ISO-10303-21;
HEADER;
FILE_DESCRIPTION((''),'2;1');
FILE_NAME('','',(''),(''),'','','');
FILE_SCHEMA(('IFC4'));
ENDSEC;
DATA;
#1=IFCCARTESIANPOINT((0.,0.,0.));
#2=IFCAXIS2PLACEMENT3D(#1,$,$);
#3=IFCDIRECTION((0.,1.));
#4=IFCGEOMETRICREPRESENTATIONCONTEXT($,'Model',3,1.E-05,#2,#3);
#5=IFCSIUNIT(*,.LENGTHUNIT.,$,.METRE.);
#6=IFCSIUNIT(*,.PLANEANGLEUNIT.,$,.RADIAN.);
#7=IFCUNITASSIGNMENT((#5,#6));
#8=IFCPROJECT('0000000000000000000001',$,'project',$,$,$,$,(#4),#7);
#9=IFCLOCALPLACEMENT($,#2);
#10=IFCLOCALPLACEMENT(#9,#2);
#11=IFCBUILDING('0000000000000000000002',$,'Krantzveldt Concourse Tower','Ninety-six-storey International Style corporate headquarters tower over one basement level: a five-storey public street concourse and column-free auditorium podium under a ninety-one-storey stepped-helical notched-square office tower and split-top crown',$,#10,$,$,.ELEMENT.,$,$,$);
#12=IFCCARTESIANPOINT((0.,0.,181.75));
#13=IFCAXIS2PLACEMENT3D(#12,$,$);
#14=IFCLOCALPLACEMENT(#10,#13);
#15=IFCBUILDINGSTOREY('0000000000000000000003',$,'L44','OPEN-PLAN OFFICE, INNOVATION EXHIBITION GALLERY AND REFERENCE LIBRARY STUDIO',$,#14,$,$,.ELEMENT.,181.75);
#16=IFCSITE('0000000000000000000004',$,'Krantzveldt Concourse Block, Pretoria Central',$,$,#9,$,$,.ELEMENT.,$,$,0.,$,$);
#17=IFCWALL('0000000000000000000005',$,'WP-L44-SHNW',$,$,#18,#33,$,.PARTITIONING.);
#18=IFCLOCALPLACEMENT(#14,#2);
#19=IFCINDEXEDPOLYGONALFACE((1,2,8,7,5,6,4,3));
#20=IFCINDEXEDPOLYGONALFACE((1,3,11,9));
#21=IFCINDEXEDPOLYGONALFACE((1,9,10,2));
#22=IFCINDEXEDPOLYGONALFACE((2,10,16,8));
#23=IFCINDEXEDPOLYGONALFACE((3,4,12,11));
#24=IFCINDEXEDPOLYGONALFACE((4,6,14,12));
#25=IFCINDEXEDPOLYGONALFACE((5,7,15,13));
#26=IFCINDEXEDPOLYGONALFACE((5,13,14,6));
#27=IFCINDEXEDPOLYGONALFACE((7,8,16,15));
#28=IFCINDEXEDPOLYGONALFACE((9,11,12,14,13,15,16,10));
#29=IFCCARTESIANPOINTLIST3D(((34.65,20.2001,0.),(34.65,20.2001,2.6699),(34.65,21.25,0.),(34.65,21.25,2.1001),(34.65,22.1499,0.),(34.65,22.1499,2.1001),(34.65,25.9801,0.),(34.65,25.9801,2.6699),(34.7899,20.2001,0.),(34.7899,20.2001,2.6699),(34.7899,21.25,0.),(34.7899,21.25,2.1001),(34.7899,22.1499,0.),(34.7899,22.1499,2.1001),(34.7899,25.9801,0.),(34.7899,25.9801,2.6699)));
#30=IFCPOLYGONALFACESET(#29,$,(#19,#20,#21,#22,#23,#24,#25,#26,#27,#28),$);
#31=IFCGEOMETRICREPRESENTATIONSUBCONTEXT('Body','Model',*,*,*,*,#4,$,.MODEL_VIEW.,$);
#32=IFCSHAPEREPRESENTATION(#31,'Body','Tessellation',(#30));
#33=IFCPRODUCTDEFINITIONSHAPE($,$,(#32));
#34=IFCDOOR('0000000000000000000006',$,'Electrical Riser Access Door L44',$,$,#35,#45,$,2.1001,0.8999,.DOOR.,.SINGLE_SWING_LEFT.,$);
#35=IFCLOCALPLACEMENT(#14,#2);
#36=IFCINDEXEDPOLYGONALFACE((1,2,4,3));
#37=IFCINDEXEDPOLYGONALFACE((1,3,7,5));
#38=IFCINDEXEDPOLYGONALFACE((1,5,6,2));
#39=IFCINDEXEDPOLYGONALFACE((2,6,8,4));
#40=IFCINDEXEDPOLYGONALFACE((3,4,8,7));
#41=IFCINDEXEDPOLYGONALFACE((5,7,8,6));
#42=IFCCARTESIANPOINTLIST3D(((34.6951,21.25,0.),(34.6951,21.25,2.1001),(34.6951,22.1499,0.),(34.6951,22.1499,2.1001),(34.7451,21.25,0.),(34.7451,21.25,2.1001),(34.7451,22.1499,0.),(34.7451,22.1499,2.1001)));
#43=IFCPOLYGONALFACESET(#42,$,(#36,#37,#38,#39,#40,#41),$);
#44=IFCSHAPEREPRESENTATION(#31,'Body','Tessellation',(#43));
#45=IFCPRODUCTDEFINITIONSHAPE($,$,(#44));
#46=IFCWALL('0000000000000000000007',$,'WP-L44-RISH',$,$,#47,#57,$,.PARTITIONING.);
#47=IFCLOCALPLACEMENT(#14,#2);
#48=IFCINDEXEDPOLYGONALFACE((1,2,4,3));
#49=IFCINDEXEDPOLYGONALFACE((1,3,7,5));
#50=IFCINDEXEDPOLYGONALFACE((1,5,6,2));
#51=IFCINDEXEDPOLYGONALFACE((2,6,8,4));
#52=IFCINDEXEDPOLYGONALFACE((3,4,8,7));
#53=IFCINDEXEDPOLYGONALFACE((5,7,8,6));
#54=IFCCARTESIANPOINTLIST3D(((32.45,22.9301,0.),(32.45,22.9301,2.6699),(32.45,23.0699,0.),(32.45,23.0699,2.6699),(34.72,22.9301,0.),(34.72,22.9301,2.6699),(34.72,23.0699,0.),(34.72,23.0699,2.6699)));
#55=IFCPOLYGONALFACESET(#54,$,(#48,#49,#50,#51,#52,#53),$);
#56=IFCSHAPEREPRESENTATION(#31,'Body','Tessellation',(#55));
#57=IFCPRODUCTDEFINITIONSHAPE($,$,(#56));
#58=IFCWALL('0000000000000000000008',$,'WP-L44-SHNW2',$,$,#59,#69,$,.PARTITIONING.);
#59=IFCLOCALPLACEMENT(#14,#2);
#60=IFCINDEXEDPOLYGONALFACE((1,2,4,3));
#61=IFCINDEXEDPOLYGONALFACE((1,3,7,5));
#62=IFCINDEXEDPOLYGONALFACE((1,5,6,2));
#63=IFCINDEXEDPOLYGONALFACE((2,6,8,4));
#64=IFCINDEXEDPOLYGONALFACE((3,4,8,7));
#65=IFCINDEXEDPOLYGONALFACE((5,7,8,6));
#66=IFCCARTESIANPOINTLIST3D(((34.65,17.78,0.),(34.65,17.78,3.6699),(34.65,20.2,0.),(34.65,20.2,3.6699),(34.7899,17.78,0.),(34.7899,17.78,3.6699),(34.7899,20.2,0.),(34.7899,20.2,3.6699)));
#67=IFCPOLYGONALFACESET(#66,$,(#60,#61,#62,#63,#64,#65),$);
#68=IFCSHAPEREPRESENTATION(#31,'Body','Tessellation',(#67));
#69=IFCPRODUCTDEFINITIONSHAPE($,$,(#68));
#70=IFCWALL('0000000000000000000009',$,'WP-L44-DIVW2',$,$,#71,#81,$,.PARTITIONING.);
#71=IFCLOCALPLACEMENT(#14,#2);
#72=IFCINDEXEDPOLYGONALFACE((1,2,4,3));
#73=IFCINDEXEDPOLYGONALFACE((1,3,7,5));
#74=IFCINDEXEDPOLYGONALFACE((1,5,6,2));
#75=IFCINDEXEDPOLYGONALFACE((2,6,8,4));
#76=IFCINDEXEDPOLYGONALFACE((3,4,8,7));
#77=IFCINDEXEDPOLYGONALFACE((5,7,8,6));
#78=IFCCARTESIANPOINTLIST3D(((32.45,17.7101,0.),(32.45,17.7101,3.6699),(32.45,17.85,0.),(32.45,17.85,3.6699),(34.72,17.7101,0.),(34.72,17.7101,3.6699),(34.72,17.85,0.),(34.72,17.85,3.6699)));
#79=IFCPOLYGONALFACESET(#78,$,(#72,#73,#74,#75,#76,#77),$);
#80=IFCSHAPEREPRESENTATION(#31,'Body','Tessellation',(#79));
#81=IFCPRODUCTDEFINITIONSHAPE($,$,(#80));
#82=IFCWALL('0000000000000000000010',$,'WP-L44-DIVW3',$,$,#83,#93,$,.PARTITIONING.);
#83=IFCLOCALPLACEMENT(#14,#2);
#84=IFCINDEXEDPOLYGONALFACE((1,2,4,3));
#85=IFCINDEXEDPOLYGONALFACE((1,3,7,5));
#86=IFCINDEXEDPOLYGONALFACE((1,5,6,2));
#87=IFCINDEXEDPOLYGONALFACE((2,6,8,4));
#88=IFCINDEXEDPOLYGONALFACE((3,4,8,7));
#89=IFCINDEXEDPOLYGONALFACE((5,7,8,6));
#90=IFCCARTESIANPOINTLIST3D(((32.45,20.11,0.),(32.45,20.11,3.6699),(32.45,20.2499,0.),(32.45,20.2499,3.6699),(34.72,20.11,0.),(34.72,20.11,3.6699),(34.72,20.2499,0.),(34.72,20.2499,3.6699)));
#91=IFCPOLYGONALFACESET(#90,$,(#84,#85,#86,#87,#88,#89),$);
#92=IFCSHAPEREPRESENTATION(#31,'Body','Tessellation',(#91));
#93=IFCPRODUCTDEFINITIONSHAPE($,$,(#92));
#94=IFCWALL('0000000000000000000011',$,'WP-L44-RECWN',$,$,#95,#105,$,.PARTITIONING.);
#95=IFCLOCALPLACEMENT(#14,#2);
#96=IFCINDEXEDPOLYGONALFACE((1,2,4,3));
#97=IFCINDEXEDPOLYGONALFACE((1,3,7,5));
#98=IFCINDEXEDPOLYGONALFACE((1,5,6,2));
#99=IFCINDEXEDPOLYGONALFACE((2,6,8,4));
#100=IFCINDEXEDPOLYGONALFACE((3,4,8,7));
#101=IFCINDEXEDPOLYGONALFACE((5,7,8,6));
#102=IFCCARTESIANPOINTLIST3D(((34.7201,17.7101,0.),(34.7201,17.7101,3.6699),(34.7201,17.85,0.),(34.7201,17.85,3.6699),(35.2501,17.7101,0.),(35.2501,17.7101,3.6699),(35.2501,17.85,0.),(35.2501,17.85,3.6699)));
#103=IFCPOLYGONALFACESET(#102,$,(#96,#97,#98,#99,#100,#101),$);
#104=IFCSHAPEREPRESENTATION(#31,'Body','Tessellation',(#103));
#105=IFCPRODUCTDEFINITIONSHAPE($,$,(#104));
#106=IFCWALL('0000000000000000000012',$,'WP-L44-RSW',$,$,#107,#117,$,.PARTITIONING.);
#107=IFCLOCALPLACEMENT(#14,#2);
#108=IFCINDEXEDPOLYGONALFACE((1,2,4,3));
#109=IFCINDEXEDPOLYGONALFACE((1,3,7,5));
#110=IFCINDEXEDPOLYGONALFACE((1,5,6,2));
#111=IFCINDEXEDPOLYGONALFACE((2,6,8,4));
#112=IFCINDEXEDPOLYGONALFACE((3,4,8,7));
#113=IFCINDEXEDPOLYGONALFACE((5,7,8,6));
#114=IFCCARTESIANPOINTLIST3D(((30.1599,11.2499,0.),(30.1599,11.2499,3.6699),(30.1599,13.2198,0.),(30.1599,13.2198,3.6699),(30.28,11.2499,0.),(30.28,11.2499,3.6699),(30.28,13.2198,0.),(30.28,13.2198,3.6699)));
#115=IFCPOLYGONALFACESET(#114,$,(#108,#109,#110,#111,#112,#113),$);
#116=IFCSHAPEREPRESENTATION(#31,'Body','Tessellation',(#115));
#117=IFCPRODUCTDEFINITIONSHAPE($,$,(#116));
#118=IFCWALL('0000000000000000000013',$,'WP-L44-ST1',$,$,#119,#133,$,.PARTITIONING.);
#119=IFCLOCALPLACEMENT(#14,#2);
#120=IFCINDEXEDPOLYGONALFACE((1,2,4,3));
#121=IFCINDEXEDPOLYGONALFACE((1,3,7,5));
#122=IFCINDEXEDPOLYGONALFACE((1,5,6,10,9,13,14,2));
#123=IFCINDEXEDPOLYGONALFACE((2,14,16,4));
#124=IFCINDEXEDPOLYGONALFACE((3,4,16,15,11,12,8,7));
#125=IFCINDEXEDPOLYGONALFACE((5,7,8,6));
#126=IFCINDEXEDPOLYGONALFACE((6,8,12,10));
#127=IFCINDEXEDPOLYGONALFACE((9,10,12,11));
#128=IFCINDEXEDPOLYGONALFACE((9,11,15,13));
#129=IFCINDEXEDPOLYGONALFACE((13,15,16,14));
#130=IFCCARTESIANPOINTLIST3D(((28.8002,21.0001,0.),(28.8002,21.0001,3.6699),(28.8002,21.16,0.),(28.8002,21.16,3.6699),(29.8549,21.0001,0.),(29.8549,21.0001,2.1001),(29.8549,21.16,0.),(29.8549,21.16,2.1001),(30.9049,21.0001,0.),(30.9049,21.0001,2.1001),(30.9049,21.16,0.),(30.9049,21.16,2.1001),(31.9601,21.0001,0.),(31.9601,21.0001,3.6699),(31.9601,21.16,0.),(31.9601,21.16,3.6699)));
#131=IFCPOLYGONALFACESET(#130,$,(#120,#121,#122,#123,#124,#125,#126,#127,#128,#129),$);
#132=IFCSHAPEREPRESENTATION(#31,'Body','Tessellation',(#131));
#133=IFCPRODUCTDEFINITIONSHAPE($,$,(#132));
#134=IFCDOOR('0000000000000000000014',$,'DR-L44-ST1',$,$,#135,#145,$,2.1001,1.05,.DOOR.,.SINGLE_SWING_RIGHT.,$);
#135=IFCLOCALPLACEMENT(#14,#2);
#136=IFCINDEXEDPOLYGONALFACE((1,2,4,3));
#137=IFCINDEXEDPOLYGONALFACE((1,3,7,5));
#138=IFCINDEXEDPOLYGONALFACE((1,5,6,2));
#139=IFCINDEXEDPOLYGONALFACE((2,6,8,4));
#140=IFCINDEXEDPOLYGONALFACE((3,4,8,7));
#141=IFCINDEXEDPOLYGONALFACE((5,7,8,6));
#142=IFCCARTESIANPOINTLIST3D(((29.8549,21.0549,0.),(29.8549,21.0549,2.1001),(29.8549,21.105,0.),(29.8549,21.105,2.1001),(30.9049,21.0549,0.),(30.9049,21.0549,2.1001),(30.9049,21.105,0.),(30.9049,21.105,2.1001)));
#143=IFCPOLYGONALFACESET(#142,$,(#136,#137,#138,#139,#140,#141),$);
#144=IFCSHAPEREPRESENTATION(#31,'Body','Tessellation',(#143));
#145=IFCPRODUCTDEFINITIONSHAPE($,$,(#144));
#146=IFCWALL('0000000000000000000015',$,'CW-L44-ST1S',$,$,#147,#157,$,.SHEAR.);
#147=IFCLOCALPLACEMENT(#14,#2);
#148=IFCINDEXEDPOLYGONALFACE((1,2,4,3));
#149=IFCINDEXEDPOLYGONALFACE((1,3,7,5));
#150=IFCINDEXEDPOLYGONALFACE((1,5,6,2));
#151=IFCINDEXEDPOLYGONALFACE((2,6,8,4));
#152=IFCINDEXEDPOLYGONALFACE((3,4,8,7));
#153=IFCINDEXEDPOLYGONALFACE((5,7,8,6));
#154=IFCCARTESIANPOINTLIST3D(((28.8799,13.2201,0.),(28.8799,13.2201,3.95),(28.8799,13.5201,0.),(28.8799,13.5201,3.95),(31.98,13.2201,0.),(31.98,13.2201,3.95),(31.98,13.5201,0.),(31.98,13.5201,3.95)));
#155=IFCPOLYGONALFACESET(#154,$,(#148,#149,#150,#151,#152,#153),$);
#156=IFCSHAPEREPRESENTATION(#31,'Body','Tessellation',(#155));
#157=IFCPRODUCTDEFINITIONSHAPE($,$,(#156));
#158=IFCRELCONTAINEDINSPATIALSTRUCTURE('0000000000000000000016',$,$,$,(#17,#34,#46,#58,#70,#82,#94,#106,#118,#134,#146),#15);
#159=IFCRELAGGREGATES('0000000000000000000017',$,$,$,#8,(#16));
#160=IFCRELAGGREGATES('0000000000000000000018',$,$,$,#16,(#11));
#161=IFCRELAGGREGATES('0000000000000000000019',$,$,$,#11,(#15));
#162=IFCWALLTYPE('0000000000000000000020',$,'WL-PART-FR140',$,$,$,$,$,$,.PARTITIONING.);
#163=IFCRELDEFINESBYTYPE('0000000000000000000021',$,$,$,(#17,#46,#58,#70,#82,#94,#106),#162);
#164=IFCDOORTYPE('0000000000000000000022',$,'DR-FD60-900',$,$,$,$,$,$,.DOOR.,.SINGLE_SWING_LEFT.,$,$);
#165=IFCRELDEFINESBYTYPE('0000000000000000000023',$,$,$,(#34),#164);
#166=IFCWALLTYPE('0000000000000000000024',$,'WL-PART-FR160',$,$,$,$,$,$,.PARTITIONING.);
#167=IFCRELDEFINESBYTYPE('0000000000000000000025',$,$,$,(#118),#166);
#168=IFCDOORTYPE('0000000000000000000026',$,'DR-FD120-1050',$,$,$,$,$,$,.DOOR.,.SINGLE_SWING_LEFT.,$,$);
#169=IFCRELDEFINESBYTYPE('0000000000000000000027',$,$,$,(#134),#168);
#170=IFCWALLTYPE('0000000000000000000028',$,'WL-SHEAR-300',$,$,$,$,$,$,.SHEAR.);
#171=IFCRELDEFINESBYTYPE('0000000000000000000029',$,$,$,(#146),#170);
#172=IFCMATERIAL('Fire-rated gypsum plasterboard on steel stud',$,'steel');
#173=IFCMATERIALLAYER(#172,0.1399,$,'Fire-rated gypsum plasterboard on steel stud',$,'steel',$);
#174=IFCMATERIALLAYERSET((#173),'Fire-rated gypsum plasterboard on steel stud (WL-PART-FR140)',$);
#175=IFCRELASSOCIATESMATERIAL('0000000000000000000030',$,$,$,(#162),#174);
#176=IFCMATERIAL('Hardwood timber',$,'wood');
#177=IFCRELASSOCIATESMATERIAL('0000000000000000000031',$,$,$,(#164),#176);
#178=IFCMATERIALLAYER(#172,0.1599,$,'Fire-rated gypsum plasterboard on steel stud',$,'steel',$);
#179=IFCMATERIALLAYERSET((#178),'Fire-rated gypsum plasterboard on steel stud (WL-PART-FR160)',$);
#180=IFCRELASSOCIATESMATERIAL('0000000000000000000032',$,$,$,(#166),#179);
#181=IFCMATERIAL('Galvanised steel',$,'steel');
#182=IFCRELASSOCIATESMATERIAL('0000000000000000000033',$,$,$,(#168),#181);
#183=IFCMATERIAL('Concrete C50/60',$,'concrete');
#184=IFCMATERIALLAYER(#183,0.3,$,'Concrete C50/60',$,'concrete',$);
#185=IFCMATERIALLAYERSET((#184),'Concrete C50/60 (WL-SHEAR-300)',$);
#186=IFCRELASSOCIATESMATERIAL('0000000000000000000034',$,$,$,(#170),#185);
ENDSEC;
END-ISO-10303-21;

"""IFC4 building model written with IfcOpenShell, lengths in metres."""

from ifc_helpers import new_model, si_unit, direction, frame, frame_2d, origin, place, context, subcontext, project, spatial, rectangle, extrude, material, layer, layer_set, type_object, element, fill, save


model = new_model("IFC4")

# Units and contexts
model_context = context("Model", 3, precision=1e-05, world=origin(), true_north=direction((0.0, 1.0)))
body_context = subcontext(model_context, "Body", "Model", "MODEL_VIEW")
ifc_project = project(units=[si_unit("LENGTHUNIT", "METRE"), si_unit("PLANEANGLEUNIT", "RADIAN")], contexts=[model_context])

# Site, building, storey
site_placement = place(None, origin())
site = spatial("IfcSite", under=ifc_project, at=site_placement, Name="Krantzveldt Concourse Block, Pretoria Central", CompositionType="ELEMENT", RefElevation=0.0)
building_placement = place(site_placement, origin())
building = spatial("IfcBuilding", under=site, at=building_placement, Name="Krantzveldt Concourse Tower", Description="Ninety-six-storey International Style corporate headquarters tower over one basement level: a five-storey public street concourse and column-free auditorium podium under a ninety-one-storey stepped-helical notched-square office tower and split-top crown", CompositionType="ELEMENT")
storey_placement = place(building_placement, frame((0.0, 0.0, 181.75)))
storey = spatial("IfcBuildingStorey", under=building, at=storey_placement, Name="L44", Description="OPEN-PLAN OFFICE, INNOVATION EXHIBITION GALLERY AND REFERENCE LIBRARY STUDIO", CompositionType="ELEMENT", Elevation=181.75)

# Shared definitions
ifc_material_1 = material(Name="Concrete C50/60", Category="concrete")

# Wall, opening, door
ifc_material_2 = material(Name="Fire-rated gypsum plasterboard on steel stud", Category="steel")
ifc_material_3 = material(Name="Hardwood timber", Category="wood")
ifc_layer_1 = layer(ifc_material_2, 0.1399, Name="Fire-rated gypsum plasterboard on steel stud", Category="steel")
ifc_layer_set_1 = layer_set([ifc_layer_1], Name="Fire-rated gypsum plasterboard on steel stud (WL-PART-FR140)")
wall_type_1 = type_object("IfcWallType", Name="WL-PART-FR140", PredefinedType="PARTITIONING", material=ifc_layer_set_1)
wall_1_placement = place(storey_placement, frame((34.72, 20.2, 0.0), z_axis=(0.0, 0.0, 1.0), x_axis=(0.0, 1.0, 0.0)))
wall_1 = element("IfcWall", 1, at=wall_1_placement, inside=storey, type_object=wall_type_1, Name="WP-L44-SHNW", PredefinedType="PARTITIONING", context=body_context, shape_type="SweptSolid", body=[
    extrude(rectangle(XDim=5.78, YDim=0.1399, at=frame_2d((2.8901, 0.0))), origin(), (0.0, 0.0, 1.0), 2.6699),
])
opening_1_placement = place(wall_1_placement, frame((1.05, 0.0, 0.0)))
opening_1 = element("IfcOpeningElement", 2, at=opening_1_placement, cuts=wall_1, PredefinedType="OPENING", context=body_context, shape_type="SweptSolid", body=[
    extrude(rectangle(XDim=0.8999, YDim=2.1001, at=frame_2d((0.45, 1.05))), frame((0.0, 0.0801, 0.0), z_axis=(0.0, -1.0, 0.0), x_axis=(1.0, 0.0, 0.0)), (0.0, 0.0, 1.0), 0.1599),
])
door_type_1 = type_object("IfcDoorType", Name="DR-FD60-900", OperationType="SINGLE_SWING_LEFT", PredefinedType="DOOR", material=ifc_material_3)
door_1_placement = place(opening_1_placement, origin())
door_1 = element("IfcDoor", 3, at=door_1_placement, inside=storey, type_object=door_type_1, Name="Electrical Riser Access Door L44", OperationType="SINGLE_SWING_LEFT", OverallHeight=2.1001, OverallWidth=0.8999, PredefinedType="DOOR", context=body_context, shape_type="SweptSolid", body=[
    extrude(rectangle(XDim=0.8999, YDim=2.1001, at=frame_2d((0.45, 1.05))), frame((0.0, 0.0249, 0.0), z_axis=(0.0, -1.0, 0.0), x_axis=(1.0, 0.0, 0.0)), (0.0, 0.0, 1.0), 0.05),
])
fill(opening_1, door_1)

# Walls
wall_2_placement = place(storey_placement, frame((32.45, 23.0, 0.0), z_axis=(0.0, 0.0, 1.0), x_axis=(1.0, 0.0, 0.0)))
element("IfcWall", 4, at=wall_2_placement, inside=storey, type_object=wall_type_1, Name="WP-L44-RISH", PredefinedType="PARTITIONING", context=body_context, shape_type="SweptSolid", body=[
    extrude(rectangle(XDim=2.27, YDim=0.1399, at=frame_2d((1.135, 0.0))), origin(), (0.0, 0.0, 1.0), 2.6699),
])
wall_3_placement = place(storey_placement, frame((34.72, 17.78, 0.0), z_axis=(0.0, 0.0, 1.0), x_axis=(0.0, 1.0, 0.0)))
element("IfcWall", 5, at=wall_3_placement, inside=storey, type_object=wall_type_1, Name="WP-L44-SHNW2", PredefinedType="PARTITIONING", context=body_context, shape_type="SweptSolid", body=[
    extrude(rectangle(XDim=2.4199, YDim=0.1399, at=frame_2d((1.21, 0.0))), origin(), (0.0, 0.0, 1.0), 3.6699),
])
for number, where, z_axis, x_axis, name in (
    (6, (32.45, 17.78, 0.0), (0.0, 0.0, 1.0), (1.0, 0.0, 0.0), "WP-L44-DIVW2"),
    (7, (32.45, 20.1799, 0.0), (0.0, 0.0, 1.0), (1.0, 0.0, 0.0), "WP-L44-DIVW3"),
):
    element("IfcWall", number, at=place(storey_placement, frame(where, z_axis=z_axis, x_axis=x_axis)), inside=storey, type_object=wall_type_1, Name=name, PredefinedType="PARTITIONING", context=body_context, shape_type="SweptSolid", body=[
        extrude(rectangle(XDim=2.27, YDim=0.1399, at=frame_2d((1.135, 0.0))), origin(), (0.0, 0.0, 1.0), 3.6699),
    ])
wall_4_placement = place(storey_placement, frame((34.72, 17.78, 0.0), z_axis=(0.0, 0.0, 1.0), x_axis=(1.0, 0.0, 0.0)))
element("IfcWall", 8, at=wall_4_placement, inside=storey, type_object=wall_type_1, Name="WP-L44-RECWN", PredefinedType="PARTITIONING", context=body_context, shape_type="SweptSolid", body=[
    extrude(rectangle(XDim=0.53, YDim=0.1399, at=frame_2d((0.2651, 0.0))), origin(), (0.0, 0.0, 1.0), 3.6699),
])
wall_5_placement = place(storey_placement, frame((30.22, 11.25, 0.0), z_axis=(0.0, 0.0, 1.0), x_axis=(0.0, 1.0, 0.0)))
element("IfcWall", 9, at=wall_5_placement, inside=storey, type_object=wall_type_1, Name="WP-L44-RSW", PredefinedType="PARTITIONING", context=body_context, shape_type="SweptSolid", body=[
    extrude(rectangle(XDim=1.97, YDim=0.1201, at=frame_2d((0.9849, 0.0))), origin(), (0.0, 0.0, 1.0), 3.6699),
])

# Wall, opening, door
ifc_layer_2 = layer(ifc_material_2, 0.1599, Name="Fire-rated gypsum plasterboard on steel stud", Category="steel")
ifc_layer_set_2 = layer_set([ifc_layer_2], Name="Fire-rated gypsum plasterboard on steel stud (WL-PART-FR160)")
wall_type_2 = type_object("IfcWallType", Name="WL-PART-FR160", PredefinedType="PARTITIONING", material=ifc_layer_set_2)
wall_6_placement = place(storey_placement, frame((28.8, 21.0801, 0.0), z_axis=(0.0, 0.0, 1.0), x_axis=(1.0, 0.0, 0.0)))
wall_6 = element("IfcWall", 10, at=wall_6_placement, inside=storey, type_object=wall_type_2, Name="WP-L44-ST1", PredefinedType="PARTITIONING", context=body_context, shape_type="SweptSolid", body=[
    extrude(rectangle(XDim=3.1599, YDim=0.1599, at=frame_2d((1.5801, 0.0))), origin(), (0.0, 0.0, 1.0), 3.6699),
])
opening_2_placement = place(wall_6_placement, frame((1.0549, 0.0, 0.0)))
opening_2 = element("IfcOpeningElement", 11, at=opening_2_placement, cuts=wall_6, PredefinedType="OPENING", context=body_context, shape_type="SweptSolid", body=[
    extrude(rectangle(XDim=1.05, YDim=2.1001, at=frame_2d((0.5249, 1.05))), frame((0.0, 0.0898, 0.0), z_axis=(0.0, -1.0, 0.0), x_axis=(1.0, 0.0, 0.0)), (0.0, 0.0, 1.0), 0.1799),
])
ifc_material_4 = material(Name="Galvanised steel", Category="steel")
door_type_2 = type_object("IfcDoorType", Name="DR-FD120-1050", OperationType="SINGLE_SWING_LEFT", PredefinedType="DOOR", material=ifc_material_4)
door_2_placement = place(opening_2_placement, origin())
door_2 = element("IfcDoor", 12, at=door_2_placement, inside=storey, type_object=door_type_2, Name="DR-L44-ST1", OperationType="SINGLE_SWING_RIGHT", OverallHeight=2.1001, OverallWidth=1.05, PredefinedType="DOOR", context=body_context, shape_type="SweptSolid", body=[
    extrude(rectangle(XDim=1.05, YDim=2.1001, at=frame_2d((0.5249, 1.05))), frame((0.0, 0.0249, 0.0), z_axis=(0.0, -1.0, 0.0), x_axis=(1.0, 0.0, 0.0)), (0.0, 0.0, 1.0), 0.05),
])
fill(opening_2, door_2)

# Wall
ifc_layer_3 = layer(ifc_material_1, 0.3, Name="Concrete C50/60", Category="concrete")
ifc_layer_set_3 = layer_set([ifc_layer_3], Name="Concrete C50/60 (WL-SHEAR-300)")
wall_type_3 = type_object("IfcWallType", Name="WL-SHEAR-300", PredefinedType="SHEAR", material=ifc_layer_set_3)
wall_7_placement = place(storey_placement, frame((28.8799, 13.3701, 0.0), z_axis=(0.0, 0.0, 1.0), x_axis=(1.0, 0.0, 0.0)))
element("IfcWall", 13, at=wall_7_placement, inside=storey, type_object=wall_type_3, Name="CW-L44-ST1S", PredefinedType="SHEAR", context=body_context, shape_type="SweptSolid", body=[
    extrude(rectangle(XDim=3.1001, YDim=0.3, at=frame_2d((1.55, 0.0))), origin(), (0.0, 0.0, 1.0), 3.95),
])

save(model, "model.ifc")
